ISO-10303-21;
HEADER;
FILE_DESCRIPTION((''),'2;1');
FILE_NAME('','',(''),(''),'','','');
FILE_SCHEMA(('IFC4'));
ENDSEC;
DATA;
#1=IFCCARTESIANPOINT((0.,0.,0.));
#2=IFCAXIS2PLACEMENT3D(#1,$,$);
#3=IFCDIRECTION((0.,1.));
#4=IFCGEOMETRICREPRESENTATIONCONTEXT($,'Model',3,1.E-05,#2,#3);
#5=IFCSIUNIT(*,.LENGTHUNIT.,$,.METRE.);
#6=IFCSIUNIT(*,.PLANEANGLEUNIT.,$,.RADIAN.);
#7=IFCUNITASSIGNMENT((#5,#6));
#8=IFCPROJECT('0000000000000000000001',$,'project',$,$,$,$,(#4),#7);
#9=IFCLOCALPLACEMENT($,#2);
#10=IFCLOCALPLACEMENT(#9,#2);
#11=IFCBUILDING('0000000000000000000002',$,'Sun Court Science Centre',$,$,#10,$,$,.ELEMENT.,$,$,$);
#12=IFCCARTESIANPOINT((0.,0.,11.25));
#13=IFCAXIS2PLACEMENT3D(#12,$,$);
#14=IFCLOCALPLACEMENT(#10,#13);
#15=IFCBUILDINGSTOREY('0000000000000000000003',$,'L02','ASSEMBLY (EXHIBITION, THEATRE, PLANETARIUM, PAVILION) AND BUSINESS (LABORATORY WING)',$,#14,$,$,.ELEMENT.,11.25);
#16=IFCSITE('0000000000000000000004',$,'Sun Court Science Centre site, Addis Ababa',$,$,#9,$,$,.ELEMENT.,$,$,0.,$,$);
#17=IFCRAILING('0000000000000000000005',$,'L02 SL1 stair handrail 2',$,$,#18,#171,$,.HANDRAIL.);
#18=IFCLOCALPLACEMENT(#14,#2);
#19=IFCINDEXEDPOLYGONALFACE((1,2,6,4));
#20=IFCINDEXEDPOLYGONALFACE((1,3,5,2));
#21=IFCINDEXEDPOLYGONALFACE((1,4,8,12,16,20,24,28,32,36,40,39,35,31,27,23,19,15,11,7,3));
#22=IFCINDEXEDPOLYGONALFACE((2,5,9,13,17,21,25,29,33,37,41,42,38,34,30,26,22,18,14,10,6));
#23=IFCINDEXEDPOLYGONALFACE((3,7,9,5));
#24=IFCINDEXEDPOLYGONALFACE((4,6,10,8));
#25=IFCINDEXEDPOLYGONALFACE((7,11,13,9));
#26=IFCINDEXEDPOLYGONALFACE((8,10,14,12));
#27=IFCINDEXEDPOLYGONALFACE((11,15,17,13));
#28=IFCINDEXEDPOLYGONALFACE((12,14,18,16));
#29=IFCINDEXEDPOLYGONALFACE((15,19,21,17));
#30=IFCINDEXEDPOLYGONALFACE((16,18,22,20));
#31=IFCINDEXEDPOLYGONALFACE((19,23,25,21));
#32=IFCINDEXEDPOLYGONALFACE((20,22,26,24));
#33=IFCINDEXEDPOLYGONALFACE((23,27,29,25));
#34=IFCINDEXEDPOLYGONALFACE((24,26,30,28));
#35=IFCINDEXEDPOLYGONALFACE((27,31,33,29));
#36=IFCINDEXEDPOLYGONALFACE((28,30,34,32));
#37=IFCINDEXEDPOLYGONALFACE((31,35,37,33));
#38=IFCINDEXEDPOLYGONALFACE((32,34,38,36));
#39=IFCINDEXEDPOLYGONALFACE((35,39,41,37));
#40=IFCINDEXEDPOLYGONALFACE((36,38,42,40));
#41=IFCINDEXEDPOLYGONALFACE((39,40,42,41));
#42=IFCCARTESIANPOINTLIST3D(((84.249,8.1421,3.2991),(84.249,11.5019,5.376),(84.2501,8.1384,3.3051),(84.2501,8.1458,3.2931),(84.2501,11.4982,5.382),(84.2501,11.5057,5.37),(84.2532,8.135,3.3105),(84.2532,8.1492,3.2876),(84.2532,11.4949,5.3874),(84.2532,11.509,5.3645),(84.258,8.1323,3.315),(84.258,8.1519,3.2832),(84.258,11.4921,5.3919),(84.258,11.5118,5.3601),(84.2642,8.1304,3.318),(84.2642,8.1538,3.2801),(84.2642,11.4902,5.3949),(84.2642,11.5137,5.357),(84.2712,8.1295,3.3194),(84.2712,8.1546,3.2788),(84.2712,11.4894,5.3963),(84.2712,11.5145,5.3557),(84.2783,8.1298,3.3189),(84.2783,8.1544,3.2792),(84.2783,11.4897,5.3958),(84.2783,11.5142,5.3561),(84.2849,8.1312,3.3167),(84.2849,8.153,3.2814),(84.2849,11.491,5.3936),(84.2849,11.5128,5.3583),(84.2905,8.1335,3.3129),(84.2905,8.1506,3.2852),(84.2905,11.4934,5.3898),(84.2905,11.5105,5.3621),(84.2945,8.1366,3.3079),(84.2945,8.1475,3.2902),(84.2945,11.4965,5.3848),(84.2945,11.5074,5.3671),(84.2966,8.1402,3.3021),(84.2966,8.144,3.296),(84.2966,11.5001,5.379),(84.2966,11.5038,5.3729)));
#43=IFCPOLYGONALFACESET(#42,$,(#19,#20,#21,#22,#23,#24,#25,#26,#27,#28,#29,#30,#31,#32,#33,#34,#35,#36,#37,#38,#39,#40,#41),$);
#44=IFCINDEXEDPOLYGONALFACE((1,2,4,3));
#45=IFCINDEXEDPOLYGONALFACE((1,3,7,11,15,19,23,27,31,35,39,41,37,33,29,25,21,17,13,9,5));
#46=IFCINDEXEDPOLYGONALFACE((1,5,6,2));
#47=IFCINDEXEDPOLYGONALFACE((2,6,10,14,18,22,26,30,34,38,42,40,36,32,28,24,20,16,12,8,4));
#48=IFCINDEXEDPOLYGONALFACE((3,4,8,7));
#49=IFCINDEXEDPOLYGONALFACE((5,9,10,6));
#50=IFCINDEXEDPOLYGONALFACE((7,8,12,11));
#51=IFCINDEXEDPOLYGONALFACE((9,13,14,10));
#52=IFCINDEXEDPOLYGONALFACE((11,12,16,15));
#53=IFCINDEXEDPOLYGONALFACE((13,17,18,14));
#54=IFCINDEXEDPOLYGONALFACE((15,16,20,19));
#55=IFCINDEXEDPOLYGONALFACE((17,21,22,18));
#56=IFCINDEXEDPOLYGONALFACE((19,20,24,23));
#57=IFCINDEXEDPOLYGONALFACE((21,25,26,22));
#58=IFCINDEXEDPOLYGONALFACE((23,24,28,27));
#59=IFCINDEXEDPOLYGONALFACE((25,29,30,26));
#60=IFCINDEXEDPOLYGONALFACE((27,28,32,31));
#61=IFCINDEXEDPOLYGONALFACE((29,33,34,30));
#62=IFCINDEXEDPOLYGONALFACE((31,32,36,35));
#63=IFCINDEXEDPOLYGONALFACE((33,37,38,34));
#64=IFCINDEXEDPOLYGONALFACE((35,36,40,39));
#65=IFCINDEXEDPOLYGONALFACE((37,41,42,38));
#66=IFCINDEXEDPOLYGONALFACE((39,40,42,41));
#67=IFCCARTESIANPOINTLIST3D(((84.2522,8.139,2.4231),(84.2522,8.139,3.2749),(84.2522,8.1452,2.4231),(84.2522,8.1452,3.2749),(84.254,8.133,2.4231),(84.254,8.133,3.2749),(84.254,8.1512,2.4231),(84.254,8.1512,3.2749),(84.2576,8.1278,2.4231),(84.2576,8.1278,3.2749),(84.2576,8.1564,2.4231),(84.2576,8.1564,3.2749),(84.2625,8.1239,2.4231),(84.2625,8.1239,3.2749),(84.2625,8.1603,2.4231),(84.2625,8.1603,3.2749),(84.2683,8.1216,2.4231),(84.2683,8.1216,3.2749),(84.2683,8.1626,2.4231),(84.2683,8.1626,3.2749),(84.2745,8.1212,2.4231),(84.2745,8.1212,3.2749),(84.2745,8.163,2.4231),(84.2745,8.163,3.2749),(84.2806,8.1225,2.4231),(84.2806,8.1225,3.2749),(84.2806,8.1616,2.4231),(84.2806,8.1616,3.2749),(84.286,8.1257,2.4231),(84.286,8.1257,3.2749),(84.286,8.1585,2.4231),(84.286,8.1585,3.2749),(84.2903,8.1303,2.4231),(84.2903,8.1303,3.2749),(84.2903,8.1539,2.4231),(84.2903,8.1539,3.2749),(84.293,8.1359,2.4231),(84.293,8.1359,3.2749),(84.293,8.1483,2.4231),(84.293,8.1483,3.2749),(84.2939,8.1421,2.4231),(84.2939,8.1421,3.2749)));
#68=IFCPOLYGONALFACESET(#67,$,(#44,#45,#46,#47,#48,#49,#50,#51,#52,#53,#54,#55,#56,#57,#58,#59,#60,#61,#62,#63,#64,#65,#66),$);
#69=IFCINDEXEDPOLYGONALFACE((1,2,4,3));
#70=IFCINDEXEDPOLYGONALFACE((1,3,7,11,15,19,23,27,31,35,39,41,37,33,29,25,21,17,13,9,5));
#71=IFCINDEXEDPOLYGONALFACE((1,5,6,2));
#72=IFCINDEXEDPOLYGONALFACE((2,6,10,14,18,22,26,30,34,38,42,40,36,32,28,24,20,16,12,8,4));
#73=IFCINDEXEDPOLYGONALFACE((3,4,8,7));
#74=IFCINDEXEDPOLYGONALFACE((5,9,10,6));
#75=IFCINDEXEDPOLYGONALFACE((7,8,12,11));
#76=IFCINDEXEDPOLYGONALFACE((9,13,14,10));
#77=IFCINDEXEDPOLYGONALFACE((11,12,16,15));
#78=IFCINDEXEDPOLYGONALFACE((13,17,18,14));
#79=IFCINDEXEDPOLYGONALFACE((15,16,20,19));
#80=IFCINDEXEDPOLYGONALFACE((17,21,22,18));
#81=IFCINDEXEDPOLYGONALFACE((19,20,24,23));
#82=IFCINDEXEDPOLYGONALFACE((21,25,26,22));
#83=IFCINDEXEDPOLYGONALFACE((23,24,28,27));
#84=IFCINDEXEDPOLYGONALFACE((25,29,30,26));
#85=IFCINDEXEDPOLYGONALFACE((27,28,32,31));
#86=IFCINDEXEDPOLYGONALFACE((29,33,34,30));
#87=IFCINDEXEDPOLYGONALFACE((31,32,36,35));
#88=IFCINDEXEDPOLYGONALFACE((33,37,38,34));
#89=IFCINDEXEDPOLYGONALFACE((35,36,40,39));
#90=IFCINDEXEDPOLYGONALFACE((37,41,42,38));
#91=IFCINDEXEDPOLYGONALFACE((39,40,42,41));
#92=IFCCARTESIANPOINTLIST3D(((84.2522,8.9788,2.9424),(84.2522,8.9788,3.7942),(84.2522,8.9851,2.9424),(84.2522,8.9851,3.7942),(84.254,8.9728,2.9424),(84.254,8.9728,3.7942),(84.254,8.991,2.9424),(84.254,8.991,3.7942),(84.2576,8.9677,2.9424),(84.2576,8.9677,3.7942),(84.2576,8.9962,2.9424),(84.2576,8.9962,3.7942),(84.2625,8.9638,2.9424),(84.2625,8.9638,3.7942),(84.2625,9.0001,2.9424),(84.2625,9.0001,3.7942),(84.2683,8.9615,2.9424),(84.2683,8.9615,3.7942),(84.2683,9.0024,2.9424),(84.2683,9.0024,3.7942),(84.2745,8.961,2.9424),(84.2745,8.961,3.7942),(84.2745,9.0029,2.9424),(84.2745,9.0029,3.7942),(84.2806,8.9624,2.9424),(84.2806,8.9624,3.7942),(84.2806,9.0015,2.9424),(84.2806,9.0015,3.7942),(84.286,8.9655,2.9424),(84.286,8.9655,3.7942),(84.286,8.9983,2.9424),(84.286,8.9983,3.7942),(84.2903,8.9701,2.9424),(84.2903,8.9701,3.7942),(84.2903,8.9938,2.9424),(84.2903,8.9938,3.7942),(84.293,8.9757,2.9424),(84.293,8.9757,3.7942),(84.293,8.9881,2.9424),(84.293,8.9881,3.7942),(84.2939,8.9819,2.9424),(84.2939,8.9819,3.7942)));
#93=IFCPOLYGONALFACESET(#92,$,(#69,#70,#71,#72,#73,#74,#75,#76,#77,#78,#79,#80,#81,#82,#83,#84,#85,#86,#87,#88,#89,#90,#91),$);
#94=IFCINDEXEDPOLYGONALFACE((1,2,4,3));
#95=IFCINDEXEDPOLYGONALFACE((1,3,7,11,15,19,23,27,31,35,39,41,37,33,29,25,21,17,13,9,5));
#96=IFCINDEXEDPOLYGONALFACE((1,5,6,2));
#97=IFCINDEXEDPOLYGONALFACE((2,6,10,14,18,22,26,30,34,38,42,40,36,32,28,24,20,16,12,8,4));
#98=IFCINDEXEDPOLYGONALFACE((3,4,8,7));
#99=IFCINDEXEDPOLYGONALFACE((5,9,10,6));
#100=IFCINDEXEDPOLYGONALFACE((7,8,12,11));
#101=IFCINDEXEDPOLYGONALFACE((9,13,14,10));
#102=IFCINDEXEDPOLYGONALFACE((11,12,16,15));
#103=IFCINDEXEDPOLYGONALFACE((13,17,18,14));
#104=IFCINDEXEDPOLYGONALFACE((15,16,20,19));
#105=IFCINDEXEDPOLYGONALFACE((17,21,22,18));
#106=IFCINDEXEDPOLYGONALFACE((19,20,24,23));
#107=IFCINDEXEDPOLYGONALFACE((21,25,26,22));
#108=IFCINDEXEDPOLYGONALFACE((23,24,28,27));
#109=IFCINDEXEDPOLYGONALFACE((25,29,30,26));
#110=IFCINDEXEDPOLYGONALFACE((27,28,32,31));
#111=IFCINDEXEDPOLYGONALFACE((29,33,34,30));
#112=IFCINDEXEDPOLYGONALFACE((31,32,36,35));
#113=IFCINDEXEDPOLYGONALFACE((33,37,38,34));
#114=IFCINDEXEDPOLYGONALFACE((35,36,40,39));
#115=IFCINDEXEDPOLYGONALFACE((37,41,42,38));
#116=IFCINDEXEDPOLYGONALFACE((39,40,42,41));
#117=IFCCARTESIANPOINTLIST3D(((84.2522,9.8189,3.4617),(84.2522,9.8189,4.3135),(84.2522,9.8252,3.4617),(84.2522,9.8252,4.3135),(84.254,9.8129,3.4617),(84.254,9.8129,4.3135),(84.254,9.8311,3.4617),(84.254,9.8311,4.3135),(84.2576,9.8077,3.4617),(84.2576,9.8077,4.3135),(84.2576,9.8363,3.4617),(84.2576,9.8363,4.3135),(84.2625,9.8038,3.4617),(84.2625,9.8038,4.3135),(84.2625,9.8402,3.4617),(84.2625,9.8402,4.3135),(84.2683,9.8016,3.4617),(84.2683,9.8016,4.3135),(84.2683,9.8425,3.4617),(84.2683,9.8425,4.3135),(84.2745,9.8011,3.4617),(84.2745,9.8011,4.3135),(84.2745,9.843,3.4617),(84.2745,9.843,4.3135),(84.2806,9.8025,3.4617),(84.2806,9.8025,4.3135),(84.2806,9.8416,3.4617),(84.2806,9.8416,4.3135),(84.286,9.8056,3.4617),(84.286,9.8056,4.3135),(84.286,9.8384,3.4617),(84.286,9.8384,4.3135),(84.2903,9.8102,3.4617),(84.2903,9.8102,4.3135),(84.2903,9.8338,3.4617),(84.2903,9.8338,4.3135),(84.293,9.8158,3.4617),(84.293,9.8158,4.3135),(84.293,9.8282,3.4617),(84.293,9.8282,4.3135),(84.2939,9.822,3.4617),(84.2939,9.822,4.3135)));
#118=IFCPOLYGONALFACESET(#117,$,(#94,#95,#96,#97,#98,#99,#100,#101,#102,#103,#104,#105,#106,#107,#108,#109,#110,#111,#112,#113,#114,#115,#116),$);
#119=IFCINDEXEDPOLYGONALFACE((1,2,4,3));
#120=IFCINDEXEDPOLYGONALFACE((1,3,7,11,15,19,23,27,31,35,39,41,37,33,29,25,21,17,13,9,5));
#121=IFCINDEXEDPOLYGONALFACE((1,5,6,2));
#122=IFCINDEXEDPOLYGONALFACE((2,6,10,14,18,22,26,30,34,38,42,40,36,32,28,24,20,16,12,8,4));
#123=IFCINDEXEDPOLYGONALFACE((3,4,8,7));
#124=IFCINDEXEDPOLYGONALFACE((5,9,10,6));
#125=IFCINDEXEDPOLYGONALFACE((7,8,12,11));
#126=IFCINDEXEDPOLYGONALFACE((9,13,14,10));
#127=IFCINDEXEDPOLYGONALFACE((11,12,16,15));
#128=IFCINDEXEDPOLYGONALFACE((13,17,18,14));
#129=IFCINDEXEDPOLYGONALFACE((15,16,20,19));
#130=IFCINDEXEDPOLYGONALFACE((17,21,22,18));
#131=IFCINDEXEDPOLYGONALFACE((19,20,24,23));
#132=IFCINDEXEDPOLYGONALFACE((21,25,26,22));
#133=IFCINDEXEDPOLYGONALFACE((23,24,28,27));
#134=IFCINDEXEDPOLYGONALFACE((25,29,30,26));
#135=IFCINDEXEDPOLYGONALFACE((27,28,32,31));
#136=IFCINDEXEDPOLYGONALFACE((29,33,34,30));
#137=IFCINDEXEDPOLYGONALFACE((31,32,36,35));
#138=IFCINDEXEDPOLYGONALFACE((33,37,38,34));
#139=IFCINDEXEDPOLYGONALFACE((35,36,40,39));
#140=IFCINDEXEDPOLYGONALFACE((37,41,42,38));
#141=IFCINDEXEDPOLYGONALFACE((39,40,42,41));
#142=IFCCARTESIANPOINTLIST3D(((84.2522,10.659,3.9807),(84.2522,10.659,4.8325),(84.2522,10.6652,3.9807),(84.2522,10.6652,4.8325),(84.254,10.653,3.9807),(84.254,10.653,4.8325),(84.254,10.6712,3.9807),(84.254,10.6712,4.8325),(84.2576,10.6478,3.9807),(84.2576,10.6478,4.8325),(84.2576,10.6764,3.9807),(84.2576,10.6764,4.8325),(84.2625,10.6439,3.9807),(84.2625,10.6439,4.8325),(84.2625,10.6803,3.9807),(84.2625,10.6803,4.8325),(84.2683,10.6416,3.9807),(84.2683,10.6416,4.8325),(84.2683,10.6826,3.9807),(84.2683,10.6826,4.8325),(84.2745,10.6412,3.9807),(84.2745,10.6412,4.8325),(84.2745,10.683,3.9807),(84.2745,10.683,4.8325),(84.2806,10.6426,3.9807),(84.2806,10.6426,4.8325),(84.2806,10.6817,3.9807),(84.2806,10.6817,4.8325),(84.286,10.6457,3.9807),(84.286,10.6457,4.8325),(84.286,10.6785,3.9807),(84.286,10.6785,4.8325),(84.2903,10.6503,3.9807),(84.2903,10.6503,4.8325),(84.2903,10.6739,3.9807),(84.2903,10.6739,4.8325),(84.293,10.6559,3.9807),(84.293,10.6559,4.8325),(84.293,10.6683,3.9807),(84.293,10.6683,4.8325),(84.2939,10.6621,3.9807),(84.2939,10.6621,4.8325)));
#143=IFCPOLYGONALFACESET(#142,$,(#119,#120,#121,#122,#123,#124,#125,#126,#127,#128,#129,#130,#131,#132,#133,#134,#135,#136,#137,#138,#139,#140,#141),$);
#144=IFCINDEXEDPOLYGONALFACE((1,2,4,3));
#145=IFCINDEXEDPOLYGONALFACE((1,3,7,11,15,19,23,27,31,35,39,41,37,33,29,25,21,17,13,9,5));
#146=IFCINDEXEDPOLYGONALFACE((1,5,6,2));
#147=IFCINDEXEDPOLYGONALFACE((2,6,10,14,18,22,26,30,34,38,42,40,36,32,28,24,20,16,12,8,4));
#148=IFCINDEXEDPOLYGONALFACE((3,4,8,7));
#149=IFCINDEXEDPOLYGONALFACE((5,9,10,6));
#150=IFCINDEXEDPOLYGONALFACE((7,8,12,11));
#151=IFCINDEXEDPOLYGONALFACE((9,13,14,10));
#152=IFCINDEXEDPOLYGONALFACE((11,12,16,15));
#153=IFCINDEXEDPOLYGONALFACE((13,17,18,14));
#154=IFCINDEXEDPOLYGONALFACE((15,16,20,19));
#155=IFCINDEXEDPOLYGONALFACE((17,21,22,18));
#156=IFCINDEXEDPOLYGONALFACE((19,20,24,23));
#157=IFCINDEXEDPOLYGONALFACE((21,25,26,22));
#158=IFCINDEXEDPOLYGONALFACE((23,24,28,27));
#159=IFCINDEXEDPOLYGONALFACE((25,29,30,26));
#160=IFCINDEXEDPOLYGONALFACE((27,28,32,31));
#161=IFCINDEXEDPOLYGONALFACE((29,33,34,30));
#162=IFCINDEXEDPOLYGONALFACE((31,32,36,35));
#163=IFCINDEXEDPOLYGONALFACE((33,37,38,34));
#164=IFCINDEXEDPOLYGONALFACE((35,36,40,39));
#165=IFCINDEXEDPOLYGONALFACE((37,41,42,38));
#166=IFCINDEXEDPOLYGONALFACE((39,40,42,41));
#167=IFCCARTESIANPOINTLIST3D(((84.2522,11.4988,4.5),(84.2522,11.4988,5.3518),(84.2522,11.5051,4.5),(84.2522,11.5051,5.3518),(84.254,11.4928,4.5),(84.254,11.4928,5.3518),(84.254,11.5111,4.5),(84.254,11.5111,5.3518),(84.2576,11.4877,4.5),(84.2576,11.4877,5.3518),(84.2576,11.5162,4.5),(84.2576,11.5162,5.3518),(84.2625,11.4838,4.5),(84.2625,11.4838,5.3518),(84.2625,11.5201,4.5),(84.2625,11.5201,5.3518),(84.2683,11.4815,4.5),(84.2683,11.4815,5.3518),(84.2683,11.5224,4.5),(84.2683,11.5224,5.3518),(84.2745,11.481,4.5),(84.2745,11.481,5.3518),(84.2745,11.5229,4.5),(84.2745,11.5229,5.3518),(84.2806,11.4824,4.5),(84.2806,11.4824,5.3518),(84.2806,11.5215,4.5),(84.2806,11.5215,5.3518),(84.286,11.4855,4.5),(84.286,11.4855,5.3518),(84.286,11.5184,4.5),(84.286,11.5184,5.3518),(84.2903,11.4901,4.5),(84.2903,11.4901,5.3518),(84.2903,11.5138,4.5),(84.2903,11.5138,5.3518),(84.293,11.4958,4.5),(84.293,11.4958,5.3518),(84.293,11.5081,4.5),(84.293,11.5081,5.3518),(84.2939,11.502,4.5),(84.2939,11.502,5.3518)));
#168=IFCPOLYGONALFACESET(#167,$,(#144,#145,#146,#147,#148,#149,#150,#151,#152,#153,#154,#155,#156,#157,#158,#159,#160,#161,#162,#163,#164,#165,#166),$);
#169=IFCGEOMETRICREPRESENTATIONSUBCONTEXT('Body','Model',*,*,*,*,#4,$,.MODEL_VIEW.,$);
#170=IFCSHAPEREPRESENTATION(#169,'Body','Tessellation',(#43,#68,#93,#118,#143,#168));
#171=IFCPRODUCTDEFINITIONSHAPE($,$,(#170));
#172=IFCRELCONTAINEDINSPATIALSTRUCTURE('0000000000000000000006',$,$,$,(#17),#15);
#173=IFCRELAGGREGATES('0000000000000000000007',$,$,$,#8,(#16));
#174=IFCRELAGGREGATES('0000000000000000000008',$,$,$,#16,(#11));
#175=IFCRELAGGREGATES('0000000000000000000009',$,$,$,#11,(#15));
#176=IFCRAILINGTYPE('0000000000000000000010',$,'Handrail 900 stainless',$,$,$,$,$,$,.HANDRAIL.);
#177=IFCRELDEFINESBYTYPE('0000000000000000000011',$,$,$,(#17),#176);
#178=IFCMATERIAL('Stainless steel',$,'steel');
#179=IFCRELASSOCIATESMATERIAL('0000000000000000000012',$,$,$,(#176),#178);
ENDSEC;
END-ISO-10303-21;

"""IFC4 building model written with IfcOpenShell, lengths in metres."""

from ifc_helpers import new_model, si_unit, direction, frame, origin, origin_2d, place, context, subcontext, project, spatial, circle, extrude, material, type_object, element, save


model = new_model("IFC4")

# Units and contexts
model_context = context("Model", 3, precision=1e-05, world=origin(), true_north=direction((0.0, 1.0)))
body_context = subcontext(model_context, "Body", "Model", "MODEL_VIEW")
ifc_project = project(units=[si_unit("LENGTHUNIT", "METRE"), si_unit("PLANEANGLEUNIT", "RADIAN")], contexts=[model_context])

# Site, building, storey
site_placement = place(None, origin())
site = spatial("IfcSite", under=ifc_project, at=site_placement, Name="Sun Court Science Centre site, Addis Ababa", CompositionType="ELEMENT", RefElevation=0.0)
building_placement = place(site_placement, origin())
building = spatial("IfcBuilding", under=site, at=building_placement, Name="Sun Court Science Centre", CompositionType="ELEMENT")
storey_placement = place(building_placement, frame((0.0, 0.0, 11.25)))
storey = spatial("IfcBuildingStorey", under=building, at=storey_placement, Name="L02", Description="ASSEMBLY (EXHIBITION, THEATRE, PLANETARIUM, PAVILION) AND BUSINESS (LABORATORY WING)", CompositionType="ELEMENT", Elevation=11.25)

# Railing
ifc_material_1 = material(Name="Stainless steel", Category="steel")
railing_type_1 = type_object("IfcRailingType", Name="Handrail 900 stainless", PredefinedType="HANDRAIL", material=ifc_material_1)
railing_1_placement = place(storey_placement, frame((84.2729, 8.1421, 2.4231)))
element("IfcRailing", 1, at=railing_1_placement, inside=storey, type_object=railing_type_1, Name="L02 SL1 stair handrail 2", PredefinedType="HANDRAIL", context=body_context, shape_type="SweptSolid", body=[
    extrude(circle(Radius=0.0239, at=origin_2d()), frame((0.0, 0.0, 0.876), z_axis=(0.0, 0.850606, 0.525803), x_axis=(-1.0, 0.0, 0.0)), (0.0, 0.0, 1.0), 3.95),
    extrude(circle(Radius=0.021, at=origin_2d()), origin(), (0.0, 0.0, 1.0), 0.8518),
    extrude(circle(Radius=0.021, at=origin_2d()), frame((0.0, 0.8398, 0.5193)), (0.0, 0.0, 1.0), 0.8518),
    extrude(circle(Radius=0.021, at=origin_2d()), frame((0.0, 1.6799, 1.0386)), (0.0, 0.0, 1.0), 0.8518),
    extrude(circle(Radius=0.021, at=origin_2d()), frame((0.0, 2.52, 1.5576)), (0.0, 0.0, 1.0), 0.8518),
    extrude(circle(Radius=0.021, at=origin_2d()), frame((0.0, 3.3599, 2.0769)), (0.0, 0.0, 1.0), 0.8518),
])

save(model, "model.ifc")
